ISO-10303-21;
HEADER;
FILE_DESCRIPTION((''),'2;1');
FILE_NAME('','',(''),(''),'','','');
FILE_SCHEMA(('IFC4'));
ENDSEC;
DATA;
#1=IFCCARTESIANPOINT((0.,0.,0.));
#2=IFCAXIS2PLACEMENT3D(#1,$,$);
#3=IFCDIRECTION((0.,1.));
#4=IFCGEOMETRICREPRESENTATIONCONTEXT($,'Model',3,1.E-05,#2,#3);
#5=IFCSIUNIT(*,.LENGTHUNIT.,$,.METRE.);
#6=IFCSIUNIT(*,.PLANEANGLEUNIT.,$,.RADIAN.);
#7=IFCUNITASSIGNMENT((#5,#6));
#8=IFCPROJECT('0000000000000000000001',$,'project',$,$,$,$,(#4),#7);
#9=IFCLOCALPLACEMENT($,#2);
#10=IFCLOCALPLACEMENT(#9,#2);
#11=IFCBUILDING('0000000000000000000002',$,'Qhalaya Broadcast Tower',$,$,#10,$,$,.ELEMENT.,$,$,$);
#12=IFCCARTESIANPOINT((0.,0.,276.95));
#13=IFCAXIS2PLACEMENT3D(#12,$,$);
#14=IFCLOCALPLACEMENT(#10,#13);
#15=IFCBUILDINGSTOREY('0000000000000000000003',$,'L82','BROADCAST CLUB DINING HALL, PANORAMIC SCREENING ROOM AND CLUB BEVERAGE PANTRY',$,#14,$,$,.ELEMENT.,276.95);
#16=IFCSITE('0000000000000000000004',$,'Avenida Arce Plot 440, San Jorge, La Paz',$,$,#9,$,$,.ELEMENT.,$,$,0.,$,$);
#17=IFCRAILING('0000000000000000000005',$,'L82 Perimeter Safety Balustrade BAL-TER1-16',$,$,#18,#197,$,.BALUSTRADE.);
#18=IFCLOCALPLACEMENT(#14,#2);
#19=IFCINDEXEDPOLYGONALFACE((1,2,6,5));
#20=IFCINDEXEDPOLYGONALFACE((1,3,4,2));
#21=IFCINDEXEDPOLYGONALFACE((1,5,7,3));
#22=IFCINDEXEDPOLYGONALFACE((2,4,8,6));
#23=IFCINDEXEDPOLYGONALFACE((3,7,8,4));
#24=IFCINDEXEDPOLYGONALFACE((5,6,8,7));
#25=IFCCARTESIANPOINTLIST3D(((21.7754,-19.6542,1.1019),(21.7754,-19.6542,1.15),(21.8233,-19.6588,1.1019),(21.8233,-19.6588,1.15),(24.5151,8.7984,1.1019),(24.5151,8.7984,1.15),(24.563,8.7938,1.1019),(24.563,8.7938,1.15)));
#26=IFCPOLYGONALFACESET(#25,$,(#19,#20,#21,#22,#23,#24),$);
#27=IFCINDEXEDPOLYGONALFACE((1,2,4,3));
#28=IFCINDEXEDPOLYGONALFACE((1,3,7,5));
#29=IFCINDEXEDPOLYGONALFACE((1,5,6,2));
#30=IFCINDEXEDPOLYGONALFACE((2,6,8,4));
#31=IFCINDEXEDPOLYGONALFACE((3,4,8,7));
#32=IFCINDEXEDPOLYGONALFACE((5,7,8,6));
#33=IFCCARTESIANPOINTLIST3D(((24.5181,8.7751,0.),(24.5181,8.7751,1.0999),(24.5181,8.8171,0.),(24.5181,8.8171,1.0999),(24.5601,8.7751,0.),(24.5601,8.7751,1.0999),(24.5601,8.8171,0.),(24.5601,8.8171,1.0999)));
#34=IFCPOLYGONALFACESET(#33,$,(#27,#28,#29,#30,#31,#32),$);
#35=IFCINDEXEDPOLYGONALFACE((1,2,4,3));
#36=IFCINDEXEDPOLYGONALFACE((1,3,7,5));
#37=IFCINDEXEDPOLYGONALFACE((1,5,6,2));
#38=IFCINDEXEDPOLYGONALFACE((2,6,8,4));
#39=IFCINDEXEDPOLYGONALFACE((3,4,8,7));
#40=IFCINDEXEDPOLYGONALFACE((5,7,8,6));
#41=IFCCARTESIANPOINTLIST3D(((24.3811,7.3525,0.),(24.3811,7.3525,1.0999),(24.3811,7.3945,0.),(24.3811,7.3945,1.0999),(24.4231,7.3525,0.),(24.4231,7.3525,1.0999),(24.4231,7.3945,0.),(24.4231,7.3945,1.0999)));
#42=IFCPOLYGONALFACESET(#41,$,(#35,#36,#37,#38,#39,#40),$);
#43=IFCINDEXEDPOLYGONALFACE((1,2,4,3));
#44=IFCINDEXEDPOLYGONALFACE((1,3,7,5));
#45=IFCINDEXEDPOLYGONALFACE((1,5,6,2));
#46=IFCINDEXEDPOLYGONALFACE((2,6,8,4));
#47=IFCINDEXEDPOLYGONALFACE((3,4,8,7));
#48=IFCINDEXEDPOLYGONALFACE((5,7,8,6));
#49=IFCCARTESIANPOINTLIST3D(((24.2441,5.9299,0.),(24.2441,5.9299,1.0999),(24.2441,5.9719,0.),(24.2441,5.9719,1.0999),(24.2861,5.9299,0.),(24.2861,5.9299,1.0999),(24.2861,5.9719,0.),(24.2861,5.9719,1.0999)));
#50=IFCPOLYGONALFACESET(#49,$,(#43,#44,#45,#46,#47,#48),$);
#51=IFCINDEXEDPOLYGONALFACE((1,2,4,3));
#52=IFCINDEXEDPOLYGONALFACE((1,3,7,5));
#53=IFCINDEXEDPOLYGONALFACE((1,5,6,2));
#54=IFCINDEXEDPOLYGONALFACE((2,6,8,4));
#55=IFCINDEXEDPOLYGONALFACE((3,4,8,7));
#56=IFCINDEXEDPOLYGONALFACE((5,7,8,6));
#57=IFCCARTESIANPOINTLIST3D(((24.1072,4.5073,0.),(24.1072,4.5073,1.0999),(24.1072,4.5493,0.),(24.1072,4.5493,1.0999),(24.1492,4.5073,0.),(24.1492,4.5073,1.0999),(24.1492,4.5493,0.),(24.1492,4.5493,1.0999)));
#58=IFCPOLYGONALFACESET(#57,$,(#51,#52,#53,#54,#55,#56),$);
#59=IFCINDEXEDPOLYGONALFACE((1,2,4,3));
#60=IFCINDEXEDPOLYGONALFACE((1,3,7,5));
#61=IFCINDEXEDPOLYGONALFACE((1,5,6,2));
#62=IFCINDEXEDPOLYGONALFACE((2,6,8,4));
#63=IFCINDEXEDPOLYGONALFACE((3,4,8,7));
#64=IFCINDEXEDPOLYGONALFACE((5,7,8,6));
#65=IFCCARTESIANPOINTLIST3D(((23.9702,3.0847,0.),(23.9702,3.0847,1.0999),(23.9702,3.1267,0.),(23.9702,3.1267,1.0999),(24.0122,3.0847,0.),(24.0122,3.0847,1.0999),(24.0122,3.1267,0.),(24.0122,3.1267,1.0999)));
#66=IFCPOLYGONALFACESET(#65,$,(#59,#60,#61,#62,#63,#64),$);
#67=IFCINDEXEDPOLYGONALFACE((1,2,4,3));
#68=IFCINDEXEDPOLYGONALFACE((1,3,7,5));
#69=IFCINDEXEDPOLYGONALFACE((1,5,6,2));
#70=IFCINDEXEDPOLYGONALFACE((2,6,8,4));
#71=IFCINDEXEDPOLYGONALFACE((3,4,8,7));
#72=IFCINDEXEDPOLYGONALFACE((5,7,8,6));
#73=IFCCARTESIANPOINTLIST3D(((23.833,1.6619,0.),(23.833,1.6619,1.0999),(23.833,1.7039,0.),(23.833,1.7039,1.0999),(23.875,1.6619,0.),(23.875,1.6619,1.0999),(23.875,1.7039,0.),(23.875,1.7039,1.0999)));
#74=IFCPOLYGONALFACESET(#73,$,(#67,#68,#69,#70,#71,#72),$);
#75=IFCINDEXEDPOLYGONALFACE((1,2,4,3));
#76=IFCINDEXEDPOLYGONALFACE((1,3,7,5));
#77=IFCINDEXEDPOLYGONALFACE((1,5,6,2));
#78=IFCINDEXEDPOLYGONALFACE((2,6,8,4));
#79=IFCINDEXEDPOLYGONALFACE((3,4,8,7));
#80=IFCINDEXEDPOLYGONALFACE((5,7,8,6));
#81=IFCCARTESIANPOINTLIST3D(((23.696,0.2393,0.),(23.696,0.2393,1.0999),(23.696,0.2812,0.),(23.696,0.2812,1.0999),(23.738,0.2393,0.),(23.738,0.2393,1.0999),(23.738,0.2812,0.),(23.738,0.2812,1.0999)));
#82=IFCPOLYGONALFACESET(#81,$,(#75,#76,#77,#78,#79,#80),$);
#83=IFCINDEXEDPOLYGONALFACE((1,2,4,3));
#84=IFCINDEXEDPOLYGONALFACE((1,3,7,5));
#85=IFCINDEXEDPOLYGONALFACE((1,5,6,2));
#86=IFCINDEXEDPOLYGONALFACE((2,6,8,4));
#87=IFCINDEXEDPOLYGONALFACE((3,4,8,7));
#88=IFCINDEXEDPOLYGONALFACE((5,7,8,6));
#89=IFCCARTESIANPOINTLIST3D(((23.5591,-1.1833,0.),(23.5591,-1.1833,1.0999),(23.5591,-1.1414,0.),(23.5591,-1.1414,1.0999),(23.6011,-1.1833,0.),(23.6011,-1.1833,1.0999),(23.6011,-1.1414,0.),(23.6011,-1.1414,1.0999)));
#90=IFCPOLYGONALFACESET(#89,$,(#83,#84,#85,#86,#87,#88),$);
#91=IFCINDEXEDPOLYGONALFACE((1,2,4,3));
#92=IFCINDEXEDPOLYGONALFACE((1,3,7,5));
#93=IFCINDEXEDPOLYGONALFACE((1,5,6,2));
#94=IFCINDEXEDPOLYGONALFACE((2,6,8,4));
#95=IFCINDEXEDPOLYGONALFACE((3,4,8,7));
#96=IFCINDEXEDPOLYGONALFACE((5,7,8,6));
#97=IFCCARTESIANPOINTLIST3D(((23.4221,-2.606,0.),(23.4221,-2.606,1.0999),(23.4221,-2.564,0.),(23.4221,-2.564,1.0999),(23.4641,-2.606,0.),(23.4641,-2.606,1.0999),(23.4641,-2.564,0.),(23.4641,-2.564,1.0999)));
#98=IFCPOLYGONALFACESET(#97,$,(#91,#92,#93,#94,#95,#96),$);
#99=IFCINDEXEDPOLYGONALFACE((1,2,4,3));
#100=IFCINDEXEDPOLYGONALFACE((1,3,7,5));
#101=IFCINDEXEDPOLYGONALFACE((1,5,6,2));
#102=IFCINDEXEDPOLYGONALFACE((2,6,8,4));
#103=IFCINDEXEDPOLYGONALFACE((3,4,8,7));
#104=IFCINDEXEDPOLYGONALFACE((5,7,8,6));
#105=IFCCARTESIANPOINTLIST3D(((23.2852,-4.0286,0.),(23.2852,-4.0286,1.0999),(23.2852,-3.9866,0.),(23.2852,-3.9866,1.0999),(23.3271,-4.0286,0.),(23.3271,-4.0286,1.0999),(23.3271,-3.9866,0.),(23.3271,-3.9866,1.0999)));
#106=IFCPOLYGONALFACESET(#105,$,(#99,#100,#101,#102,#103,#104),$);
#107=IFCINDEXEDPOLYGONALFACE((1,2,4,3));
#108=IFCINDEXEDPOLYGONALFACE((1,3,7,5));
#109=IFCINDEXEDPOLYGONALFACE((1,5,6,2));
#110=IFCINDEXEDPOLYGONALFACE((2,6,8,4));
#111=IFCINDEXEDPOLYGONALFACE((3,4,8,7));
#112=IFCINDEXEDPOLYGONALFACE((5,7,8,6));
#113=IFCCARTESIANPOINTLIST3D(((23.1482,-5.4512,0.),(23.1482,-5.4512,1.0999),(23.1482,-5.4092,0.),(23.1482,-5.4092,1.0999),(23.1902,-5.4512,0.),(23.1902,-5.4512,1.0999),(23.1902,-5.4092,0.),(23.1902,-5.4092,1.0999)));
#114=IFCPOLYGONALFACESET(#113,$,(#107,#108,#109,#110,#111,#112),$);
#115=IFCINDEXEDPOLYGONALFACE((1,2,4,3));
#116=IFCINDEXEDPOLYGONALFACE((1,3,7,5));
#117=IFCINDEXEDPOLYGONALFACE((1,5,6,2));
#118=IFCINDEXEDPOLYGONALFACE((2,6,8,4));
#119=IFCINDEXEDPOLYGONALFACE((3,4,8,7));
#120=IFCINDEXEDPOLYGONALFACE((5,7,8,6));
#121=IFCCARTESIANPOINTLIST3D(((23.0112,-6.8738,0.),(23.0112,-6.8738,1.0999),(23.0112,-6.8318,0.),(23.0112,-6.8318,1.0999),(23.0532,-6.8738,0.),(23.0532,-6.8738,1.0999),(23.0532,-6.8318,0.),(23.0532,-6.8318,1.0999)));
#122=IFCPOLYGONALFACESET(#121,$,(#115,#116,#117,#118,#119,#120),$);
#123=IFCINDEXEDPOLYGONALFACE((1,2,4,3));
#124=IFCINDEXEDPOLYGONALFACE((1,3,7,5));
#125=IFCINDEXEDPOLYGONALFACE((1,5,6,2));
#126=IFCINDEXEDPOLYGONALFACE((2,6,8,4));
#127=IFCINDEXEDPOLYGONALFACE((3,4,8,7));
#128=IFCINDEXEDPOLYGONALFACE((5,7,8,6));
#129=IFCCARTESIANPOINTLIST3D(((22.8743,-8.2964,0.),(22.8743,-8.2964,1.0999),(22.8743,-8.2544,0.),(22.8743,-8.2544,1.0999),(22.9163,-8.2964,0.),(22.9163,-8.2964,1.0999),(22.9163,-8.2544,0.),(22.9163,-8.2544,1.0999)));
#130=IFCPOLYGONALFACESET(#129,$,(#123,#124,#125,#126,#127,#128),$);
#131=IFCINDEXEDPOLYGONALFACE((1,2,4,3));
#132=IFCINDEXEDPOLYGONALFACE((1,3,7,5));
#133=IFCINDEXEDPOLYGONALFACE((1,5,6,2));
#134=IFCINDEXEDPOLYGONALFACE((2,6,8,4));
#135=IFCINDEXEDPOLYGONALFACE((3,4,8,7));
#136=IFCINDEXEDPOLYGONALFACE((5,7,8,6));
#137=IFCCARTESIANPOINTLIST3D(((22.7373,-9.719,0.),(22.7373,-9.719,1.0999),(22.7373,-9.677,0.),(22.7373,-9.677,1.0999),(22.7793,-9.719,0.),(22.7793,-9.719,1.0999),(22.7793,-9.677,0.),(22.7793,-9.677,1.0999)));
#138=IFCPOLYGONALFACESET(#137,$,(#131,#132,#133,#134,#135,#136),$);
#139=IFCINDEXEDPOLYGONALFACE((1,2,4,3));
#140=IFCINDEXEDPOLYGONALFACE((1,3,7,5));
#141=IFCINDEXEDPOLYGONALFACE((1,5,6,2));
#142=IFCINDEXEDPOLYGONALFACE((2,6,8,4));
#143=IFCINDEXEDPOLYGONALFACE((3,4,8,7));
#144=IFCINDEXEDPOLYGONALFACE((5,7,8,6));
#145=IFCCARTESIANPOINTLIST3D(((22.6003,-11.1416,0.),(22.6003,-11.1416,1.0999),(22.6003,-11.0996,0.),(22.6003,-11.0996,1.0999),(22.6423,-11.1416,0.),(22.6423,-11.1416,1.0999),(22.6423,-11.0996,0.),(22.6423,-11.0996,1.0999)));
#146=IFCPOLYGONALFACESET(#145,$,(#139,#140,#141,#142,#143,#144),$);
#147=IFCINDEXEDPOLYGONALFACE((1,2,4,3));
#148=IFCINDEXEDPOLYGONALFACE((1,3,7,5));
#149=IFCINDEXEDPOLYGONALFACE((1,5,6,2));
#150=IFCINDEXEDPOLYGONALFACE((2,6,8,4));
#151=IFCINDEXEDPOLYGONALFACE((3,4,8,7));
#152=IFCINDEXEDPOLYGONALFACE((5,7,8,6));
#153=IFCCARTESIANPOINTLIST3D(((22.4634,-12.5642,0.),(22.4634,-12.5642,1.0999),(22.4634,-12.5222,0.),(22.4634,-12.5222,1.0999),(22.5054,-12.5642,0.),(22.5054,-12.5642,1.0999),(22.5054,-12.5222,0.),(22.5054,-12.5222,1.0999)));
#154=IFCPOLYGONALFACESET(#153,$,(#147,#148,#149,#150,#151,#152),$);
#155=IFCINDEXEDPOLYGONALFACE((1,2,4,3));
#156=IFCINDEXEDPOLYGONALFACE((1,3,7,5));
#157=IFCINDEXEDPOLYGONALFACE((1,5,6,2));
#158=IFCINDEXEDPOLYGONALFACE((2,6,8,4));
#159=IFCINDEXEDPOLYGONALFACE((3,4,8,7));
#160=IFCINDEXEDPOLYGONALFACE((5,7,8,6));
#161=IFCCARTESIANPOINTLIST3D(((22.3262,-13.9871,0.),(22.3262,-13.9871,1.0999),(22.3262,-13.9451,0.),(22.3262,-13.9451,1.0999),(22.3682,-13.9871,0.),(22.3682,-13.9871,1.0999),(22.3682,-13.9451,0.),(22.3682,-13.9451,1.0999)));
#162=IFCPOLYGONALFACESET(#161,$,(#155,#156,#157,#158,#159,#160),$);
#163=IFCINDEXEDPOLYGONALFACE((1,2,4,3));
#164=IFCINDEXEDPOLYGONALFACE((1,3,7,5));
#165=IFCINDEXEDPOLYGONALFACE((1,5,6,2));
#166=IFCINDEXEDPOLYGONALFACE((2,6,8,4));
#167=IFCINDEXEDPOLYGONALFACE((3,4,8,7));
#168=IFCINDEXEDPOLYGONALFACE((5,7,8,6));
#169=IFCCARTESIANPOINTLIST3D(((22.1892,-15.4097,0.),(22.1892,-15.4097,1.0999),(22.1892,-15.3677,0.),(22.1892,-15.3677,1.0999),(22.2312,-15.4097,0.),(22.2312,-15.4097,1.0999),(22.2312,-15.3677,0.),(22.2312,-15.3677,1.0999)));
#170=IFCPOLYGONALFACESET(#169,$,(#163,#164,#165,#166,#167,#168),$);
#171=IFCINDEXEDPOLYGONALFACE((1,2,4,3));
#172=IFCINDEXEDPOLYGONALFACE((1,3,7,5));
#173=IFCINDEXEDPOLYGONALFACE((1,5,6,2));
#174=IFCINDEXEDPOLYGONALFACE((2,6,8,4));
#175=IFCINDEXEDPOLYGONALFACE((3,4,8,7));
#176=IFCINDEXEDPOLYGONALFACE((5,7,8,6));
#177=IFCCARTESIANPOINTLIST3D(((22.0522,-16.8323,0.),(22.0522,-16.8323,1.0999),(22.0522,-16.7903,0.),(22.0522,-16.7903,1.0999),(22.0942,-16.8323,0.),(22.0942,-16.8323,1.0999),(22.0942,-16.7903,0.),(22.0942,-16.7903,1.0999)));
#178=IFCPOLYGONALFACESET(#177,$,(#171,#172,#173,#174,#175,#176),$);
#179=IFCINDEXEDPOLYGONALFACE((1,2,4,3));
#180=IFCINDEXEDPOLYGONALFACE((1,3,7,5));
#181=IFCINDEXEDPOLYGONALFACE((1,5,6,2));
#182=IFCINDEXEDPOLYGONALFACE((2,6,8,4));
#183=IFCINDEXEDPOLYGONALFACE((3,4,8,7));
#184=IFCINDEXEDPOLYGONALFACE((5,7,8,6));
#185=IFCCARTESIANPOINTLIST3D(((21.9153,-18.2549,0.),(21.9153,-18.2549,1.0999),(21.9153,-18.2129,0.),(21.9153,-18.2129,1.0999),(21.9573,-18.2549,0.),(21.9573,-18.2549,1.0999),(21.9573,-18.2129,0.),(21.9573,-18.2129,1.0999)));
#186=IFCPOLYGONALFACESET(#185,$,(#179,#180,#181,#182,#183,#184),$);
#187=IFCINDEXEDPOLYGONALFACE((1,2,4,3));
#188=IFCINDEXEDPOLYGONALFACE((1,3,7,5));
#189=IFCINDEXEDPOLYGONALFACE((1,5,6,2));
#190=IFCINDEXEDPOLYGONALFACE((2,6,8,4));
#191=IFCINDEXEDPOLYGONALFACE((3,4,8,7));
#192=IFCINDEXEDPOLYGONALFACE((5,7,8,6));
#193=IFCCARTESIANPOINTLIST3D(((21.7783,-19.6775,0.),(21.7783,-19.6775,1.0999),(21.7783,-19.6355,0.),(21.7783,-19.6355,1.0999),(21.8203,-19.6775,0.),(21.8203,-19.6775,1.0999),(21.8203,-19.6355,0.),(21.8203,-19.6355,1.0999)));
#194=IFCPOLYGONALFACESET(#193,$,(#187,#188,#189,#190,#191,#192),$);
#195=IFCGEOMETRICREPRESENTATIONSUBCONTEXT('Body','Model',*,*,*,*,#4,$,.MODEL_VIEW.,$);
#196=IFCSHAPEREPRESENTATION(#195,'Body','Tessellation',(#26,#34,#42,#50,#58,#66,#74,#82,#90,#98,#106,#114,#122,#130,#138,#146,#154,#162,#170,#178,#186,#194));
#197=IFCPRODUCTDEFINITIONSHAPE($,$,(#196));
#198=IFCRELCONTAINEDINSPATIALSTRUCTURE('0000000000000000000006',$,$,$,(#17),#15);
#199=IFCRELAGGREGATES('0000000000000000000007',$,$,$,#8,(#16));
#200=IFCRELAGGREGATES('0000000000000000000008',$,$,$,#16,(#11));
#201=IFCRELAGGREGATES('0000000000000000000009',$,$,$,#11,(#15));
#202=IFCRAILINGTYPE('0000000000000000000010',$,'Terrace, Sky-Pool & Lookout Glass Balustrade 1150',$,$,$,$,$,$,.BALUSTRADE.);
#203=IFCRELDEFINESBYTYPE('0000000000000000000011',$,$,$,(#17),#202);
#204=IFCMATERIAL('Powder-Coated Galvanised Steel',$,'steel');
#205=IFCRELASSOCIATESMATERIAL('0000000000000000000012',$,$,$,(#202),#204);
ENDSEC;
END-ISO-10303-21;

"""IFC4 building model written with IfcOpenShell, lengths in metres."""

from ifc_helpers import new_model, si_unit, direction, frame, origin, origin_2d, place, context, subcontext, project, spatial, rectangle, extrude, material, type_object, element, save


model = new_model("IFC4")

# Units and contexts
model_context = context("Model", 3, precision=1e-05, world=origin(), true_north=direction((0.0, 1.0)))
body_context = subcontext(model_context, "Body", "Model", "MODEL_VIEW")
ifc_project = project(units=[si_unit("LENGTHUNIT", "METRE"), si_unit("PLANEANGLEUNIT", "RADIAN")], contexts=[model_context])

# Site, building, storey
site_placement = place(None, origin())
site = spatial("IfcSite", under=ifc_project, at=site_placement, Name="Avenida Arce Plot 440, San Jorge, La Paz", CompositionType="ELEMENT", RefElevation=0.0)
building_placement = place(site_placement, origin())
building = spatial("IfcBuilding", under=site, at=building_placement, Name="Qhalaya Broadcast Tower", CompositionType="ELEMENT")
storey_placement = place(building_placement, frame((0.0, 0.0, 276.95)))
storey = spatial("IfcBuildingStorey", under=building, at=storey_placement, Name="L82", Description="BROADCAST CLUB DINING HALL, PANORAMIC SCREENING ROOM AND CLUB BEVERAGE PANTRY", CompositionType="ELEMENT", Elevation=276.95)

# Railing
ifc_material_1 = material(Name="Powder-Coated Galvanised Steel", Category="steel")
railing_type = type_object("IfcRailingType", Name="Terrace, Sky-Pool & Lookout Glass Balustrade 1150", PredefinedType="BALUSTRADE", material=ifc_material_1)
railing_1_placement = place(storey_placement, frame((24.5391, 8.7961, 0.0)))
element("IfcRailing", 1, at=railing_1_placement, inside=storey, type_object=railing_type, Name="L82 Perimeter Safety Balustrade BAL-TER1-16", PredefinedType="BALUSTRADE", context=body_context, shape_type="SweptSolid", body=[
    extrude(rectangle(XDim=0.0481, YDim=0.0481, at=origin_2d()), frame((0.0, 0.0, 1.126), z_axis=(-0.095848, -0.995396, 0.0), x_axis=(0.995396, -0.095848, 0.0)), (0.0, 0.0, 1.0), 28.5842),
    extrude(rectangle(XDim=0.042, YDim=0.042, at=origin_2d()), origin(), (0.0, 0.0, 1.0), 1.0999),
    extrude(rectangle(XDim=0.042, YDim=0.042, at=origin_2d()), frame((-0.137, -1.4226, 0.0)), (0.0, 0.0, 1.0), 1.0999),
    extrude(rectangle(XDim=0.042, YDim=0.042, at=origin_2d()), frame((-0.2739, -2.8452, 0.0)), (0.0, 0.0, 1.0), 1.0999),
    extrude(rectangle(XDim=0.042, YDim=0.042, at=origin_2d()), frame((-0.4109, -4.2678, 0.0)), (0.0, 0.0, 1.0), 1.0999),
    extrude(rectangle(XDim=0.042, YDim=0.042, at=origin_2d()), frame((-0.5479, -5.6904, 0.0)), (0.0, 0.0, 1.0), 1.0999),
    extrude(rectangle(XDim=0.042, YDim=0.042, at=origin_2d()), frame((-0.6851, -7.1133, 0.0)), (0.0, 0.0, 1.0), 1.0999),
    extrude(rectangle(XDim=0.042, YDim=0.042, at=origin_2d()), frame((-0.822, -8.5359, 0.0)), (0.0, 0.0, 1.0), 1.0999),
    extrude(rectangle(XDim=0.042, YDim=0.042, at=origin_2d()), frame((-0.959, -9.9585, 0.0)), (0.0, 0.0, 1.0), 1.0999),
    extrude(rectangle(XDim=0.042, YDim=0.042, at=origin_2d()), frame((-1.0959, -11.3811, 0.0)), (0.0, 0.0, 1.0), 1.0999),
    extrude(rectangle(XDim=0.042, YDim=0.042, at=origin_2d()), frame((-1.2329, -12.8037, 0.0)), (0.0, 0.0, 1.0), 1.0999),
    extrude(rectangle(XDim=0.042, YDim=0.042, at=origin_2d()), frame((-1.3699, -14.2263, 0.0)), (0.0, 0.0, 1.0), 1.0999),
    extrude(rectangle(XDim=0.042, YDim=0.042, at=origin_2d()), frame((-1.5068, -15.6489, 0.0)), (0.0, 0.0, 1.0), 1.0999),
    extrude(rectangle(XDim=0.042, YDim=0.042, at=origin_2d()), frame((-1.6438, -17.0715, 0.0)), (0.0, 0.0, 1.0), 1.0999),
    extrude(rectangle(XDim=0.042, YDim=0.042, at=origin_2d()), frame((-1.7808, -18.4941, 0.0)), (0.0, 0.0, 1.0), 1.0999),
    extrude(rectangle(XDim=0.042, YDim=0.042, at=origin_2d()), frame((-1.9177, -19.9167, 0.0)), (0.0, 0.0, 1.0), 1.0999),
    extrude(rectangle(XDim=0.042, YDim=0.042, at=origin_2d()), frame((-2.0547, -21.3394, 0.0)), (0.0, 0.0, 1.0), 1.0999),
    extrude(rectangle(XDim=0.042, YDim=0.042, at=origin_2d()), frame((-2.1919, -22.7622, 0.0)), (0.0, 0.0, 1.0), 1.0999),
    extrude(rectangle(XDim=0.042, YDim=0.042, at=origin_2d()), frame((-2.3289, -24.1848, 0.0)), (0.0, 0.0, 1.0), 1.0999),
    extrude(rectangle(XDim=0.042, YDim=0.042, at=origin_2d()), frame((-2.4658, -25.6074, 0.0)), (0.0, 0.0, 1.0), 1.0999),
    extrude(rectangle(XDim=0.042, YDim=0.042, at=origin_2d()), frame((-2.6028, -27.03, 0.0)), (0.0, 0.0, 1.0), 1.0999),
    extrude(rectangle(XDim=0.042, YDim=0.042, at=origin_2d()), frame((-2.7397, -28.4526, 0.0)), (0.0, 0.0, 1.0), 1.0999),
])

save(model, "model.ifc")
